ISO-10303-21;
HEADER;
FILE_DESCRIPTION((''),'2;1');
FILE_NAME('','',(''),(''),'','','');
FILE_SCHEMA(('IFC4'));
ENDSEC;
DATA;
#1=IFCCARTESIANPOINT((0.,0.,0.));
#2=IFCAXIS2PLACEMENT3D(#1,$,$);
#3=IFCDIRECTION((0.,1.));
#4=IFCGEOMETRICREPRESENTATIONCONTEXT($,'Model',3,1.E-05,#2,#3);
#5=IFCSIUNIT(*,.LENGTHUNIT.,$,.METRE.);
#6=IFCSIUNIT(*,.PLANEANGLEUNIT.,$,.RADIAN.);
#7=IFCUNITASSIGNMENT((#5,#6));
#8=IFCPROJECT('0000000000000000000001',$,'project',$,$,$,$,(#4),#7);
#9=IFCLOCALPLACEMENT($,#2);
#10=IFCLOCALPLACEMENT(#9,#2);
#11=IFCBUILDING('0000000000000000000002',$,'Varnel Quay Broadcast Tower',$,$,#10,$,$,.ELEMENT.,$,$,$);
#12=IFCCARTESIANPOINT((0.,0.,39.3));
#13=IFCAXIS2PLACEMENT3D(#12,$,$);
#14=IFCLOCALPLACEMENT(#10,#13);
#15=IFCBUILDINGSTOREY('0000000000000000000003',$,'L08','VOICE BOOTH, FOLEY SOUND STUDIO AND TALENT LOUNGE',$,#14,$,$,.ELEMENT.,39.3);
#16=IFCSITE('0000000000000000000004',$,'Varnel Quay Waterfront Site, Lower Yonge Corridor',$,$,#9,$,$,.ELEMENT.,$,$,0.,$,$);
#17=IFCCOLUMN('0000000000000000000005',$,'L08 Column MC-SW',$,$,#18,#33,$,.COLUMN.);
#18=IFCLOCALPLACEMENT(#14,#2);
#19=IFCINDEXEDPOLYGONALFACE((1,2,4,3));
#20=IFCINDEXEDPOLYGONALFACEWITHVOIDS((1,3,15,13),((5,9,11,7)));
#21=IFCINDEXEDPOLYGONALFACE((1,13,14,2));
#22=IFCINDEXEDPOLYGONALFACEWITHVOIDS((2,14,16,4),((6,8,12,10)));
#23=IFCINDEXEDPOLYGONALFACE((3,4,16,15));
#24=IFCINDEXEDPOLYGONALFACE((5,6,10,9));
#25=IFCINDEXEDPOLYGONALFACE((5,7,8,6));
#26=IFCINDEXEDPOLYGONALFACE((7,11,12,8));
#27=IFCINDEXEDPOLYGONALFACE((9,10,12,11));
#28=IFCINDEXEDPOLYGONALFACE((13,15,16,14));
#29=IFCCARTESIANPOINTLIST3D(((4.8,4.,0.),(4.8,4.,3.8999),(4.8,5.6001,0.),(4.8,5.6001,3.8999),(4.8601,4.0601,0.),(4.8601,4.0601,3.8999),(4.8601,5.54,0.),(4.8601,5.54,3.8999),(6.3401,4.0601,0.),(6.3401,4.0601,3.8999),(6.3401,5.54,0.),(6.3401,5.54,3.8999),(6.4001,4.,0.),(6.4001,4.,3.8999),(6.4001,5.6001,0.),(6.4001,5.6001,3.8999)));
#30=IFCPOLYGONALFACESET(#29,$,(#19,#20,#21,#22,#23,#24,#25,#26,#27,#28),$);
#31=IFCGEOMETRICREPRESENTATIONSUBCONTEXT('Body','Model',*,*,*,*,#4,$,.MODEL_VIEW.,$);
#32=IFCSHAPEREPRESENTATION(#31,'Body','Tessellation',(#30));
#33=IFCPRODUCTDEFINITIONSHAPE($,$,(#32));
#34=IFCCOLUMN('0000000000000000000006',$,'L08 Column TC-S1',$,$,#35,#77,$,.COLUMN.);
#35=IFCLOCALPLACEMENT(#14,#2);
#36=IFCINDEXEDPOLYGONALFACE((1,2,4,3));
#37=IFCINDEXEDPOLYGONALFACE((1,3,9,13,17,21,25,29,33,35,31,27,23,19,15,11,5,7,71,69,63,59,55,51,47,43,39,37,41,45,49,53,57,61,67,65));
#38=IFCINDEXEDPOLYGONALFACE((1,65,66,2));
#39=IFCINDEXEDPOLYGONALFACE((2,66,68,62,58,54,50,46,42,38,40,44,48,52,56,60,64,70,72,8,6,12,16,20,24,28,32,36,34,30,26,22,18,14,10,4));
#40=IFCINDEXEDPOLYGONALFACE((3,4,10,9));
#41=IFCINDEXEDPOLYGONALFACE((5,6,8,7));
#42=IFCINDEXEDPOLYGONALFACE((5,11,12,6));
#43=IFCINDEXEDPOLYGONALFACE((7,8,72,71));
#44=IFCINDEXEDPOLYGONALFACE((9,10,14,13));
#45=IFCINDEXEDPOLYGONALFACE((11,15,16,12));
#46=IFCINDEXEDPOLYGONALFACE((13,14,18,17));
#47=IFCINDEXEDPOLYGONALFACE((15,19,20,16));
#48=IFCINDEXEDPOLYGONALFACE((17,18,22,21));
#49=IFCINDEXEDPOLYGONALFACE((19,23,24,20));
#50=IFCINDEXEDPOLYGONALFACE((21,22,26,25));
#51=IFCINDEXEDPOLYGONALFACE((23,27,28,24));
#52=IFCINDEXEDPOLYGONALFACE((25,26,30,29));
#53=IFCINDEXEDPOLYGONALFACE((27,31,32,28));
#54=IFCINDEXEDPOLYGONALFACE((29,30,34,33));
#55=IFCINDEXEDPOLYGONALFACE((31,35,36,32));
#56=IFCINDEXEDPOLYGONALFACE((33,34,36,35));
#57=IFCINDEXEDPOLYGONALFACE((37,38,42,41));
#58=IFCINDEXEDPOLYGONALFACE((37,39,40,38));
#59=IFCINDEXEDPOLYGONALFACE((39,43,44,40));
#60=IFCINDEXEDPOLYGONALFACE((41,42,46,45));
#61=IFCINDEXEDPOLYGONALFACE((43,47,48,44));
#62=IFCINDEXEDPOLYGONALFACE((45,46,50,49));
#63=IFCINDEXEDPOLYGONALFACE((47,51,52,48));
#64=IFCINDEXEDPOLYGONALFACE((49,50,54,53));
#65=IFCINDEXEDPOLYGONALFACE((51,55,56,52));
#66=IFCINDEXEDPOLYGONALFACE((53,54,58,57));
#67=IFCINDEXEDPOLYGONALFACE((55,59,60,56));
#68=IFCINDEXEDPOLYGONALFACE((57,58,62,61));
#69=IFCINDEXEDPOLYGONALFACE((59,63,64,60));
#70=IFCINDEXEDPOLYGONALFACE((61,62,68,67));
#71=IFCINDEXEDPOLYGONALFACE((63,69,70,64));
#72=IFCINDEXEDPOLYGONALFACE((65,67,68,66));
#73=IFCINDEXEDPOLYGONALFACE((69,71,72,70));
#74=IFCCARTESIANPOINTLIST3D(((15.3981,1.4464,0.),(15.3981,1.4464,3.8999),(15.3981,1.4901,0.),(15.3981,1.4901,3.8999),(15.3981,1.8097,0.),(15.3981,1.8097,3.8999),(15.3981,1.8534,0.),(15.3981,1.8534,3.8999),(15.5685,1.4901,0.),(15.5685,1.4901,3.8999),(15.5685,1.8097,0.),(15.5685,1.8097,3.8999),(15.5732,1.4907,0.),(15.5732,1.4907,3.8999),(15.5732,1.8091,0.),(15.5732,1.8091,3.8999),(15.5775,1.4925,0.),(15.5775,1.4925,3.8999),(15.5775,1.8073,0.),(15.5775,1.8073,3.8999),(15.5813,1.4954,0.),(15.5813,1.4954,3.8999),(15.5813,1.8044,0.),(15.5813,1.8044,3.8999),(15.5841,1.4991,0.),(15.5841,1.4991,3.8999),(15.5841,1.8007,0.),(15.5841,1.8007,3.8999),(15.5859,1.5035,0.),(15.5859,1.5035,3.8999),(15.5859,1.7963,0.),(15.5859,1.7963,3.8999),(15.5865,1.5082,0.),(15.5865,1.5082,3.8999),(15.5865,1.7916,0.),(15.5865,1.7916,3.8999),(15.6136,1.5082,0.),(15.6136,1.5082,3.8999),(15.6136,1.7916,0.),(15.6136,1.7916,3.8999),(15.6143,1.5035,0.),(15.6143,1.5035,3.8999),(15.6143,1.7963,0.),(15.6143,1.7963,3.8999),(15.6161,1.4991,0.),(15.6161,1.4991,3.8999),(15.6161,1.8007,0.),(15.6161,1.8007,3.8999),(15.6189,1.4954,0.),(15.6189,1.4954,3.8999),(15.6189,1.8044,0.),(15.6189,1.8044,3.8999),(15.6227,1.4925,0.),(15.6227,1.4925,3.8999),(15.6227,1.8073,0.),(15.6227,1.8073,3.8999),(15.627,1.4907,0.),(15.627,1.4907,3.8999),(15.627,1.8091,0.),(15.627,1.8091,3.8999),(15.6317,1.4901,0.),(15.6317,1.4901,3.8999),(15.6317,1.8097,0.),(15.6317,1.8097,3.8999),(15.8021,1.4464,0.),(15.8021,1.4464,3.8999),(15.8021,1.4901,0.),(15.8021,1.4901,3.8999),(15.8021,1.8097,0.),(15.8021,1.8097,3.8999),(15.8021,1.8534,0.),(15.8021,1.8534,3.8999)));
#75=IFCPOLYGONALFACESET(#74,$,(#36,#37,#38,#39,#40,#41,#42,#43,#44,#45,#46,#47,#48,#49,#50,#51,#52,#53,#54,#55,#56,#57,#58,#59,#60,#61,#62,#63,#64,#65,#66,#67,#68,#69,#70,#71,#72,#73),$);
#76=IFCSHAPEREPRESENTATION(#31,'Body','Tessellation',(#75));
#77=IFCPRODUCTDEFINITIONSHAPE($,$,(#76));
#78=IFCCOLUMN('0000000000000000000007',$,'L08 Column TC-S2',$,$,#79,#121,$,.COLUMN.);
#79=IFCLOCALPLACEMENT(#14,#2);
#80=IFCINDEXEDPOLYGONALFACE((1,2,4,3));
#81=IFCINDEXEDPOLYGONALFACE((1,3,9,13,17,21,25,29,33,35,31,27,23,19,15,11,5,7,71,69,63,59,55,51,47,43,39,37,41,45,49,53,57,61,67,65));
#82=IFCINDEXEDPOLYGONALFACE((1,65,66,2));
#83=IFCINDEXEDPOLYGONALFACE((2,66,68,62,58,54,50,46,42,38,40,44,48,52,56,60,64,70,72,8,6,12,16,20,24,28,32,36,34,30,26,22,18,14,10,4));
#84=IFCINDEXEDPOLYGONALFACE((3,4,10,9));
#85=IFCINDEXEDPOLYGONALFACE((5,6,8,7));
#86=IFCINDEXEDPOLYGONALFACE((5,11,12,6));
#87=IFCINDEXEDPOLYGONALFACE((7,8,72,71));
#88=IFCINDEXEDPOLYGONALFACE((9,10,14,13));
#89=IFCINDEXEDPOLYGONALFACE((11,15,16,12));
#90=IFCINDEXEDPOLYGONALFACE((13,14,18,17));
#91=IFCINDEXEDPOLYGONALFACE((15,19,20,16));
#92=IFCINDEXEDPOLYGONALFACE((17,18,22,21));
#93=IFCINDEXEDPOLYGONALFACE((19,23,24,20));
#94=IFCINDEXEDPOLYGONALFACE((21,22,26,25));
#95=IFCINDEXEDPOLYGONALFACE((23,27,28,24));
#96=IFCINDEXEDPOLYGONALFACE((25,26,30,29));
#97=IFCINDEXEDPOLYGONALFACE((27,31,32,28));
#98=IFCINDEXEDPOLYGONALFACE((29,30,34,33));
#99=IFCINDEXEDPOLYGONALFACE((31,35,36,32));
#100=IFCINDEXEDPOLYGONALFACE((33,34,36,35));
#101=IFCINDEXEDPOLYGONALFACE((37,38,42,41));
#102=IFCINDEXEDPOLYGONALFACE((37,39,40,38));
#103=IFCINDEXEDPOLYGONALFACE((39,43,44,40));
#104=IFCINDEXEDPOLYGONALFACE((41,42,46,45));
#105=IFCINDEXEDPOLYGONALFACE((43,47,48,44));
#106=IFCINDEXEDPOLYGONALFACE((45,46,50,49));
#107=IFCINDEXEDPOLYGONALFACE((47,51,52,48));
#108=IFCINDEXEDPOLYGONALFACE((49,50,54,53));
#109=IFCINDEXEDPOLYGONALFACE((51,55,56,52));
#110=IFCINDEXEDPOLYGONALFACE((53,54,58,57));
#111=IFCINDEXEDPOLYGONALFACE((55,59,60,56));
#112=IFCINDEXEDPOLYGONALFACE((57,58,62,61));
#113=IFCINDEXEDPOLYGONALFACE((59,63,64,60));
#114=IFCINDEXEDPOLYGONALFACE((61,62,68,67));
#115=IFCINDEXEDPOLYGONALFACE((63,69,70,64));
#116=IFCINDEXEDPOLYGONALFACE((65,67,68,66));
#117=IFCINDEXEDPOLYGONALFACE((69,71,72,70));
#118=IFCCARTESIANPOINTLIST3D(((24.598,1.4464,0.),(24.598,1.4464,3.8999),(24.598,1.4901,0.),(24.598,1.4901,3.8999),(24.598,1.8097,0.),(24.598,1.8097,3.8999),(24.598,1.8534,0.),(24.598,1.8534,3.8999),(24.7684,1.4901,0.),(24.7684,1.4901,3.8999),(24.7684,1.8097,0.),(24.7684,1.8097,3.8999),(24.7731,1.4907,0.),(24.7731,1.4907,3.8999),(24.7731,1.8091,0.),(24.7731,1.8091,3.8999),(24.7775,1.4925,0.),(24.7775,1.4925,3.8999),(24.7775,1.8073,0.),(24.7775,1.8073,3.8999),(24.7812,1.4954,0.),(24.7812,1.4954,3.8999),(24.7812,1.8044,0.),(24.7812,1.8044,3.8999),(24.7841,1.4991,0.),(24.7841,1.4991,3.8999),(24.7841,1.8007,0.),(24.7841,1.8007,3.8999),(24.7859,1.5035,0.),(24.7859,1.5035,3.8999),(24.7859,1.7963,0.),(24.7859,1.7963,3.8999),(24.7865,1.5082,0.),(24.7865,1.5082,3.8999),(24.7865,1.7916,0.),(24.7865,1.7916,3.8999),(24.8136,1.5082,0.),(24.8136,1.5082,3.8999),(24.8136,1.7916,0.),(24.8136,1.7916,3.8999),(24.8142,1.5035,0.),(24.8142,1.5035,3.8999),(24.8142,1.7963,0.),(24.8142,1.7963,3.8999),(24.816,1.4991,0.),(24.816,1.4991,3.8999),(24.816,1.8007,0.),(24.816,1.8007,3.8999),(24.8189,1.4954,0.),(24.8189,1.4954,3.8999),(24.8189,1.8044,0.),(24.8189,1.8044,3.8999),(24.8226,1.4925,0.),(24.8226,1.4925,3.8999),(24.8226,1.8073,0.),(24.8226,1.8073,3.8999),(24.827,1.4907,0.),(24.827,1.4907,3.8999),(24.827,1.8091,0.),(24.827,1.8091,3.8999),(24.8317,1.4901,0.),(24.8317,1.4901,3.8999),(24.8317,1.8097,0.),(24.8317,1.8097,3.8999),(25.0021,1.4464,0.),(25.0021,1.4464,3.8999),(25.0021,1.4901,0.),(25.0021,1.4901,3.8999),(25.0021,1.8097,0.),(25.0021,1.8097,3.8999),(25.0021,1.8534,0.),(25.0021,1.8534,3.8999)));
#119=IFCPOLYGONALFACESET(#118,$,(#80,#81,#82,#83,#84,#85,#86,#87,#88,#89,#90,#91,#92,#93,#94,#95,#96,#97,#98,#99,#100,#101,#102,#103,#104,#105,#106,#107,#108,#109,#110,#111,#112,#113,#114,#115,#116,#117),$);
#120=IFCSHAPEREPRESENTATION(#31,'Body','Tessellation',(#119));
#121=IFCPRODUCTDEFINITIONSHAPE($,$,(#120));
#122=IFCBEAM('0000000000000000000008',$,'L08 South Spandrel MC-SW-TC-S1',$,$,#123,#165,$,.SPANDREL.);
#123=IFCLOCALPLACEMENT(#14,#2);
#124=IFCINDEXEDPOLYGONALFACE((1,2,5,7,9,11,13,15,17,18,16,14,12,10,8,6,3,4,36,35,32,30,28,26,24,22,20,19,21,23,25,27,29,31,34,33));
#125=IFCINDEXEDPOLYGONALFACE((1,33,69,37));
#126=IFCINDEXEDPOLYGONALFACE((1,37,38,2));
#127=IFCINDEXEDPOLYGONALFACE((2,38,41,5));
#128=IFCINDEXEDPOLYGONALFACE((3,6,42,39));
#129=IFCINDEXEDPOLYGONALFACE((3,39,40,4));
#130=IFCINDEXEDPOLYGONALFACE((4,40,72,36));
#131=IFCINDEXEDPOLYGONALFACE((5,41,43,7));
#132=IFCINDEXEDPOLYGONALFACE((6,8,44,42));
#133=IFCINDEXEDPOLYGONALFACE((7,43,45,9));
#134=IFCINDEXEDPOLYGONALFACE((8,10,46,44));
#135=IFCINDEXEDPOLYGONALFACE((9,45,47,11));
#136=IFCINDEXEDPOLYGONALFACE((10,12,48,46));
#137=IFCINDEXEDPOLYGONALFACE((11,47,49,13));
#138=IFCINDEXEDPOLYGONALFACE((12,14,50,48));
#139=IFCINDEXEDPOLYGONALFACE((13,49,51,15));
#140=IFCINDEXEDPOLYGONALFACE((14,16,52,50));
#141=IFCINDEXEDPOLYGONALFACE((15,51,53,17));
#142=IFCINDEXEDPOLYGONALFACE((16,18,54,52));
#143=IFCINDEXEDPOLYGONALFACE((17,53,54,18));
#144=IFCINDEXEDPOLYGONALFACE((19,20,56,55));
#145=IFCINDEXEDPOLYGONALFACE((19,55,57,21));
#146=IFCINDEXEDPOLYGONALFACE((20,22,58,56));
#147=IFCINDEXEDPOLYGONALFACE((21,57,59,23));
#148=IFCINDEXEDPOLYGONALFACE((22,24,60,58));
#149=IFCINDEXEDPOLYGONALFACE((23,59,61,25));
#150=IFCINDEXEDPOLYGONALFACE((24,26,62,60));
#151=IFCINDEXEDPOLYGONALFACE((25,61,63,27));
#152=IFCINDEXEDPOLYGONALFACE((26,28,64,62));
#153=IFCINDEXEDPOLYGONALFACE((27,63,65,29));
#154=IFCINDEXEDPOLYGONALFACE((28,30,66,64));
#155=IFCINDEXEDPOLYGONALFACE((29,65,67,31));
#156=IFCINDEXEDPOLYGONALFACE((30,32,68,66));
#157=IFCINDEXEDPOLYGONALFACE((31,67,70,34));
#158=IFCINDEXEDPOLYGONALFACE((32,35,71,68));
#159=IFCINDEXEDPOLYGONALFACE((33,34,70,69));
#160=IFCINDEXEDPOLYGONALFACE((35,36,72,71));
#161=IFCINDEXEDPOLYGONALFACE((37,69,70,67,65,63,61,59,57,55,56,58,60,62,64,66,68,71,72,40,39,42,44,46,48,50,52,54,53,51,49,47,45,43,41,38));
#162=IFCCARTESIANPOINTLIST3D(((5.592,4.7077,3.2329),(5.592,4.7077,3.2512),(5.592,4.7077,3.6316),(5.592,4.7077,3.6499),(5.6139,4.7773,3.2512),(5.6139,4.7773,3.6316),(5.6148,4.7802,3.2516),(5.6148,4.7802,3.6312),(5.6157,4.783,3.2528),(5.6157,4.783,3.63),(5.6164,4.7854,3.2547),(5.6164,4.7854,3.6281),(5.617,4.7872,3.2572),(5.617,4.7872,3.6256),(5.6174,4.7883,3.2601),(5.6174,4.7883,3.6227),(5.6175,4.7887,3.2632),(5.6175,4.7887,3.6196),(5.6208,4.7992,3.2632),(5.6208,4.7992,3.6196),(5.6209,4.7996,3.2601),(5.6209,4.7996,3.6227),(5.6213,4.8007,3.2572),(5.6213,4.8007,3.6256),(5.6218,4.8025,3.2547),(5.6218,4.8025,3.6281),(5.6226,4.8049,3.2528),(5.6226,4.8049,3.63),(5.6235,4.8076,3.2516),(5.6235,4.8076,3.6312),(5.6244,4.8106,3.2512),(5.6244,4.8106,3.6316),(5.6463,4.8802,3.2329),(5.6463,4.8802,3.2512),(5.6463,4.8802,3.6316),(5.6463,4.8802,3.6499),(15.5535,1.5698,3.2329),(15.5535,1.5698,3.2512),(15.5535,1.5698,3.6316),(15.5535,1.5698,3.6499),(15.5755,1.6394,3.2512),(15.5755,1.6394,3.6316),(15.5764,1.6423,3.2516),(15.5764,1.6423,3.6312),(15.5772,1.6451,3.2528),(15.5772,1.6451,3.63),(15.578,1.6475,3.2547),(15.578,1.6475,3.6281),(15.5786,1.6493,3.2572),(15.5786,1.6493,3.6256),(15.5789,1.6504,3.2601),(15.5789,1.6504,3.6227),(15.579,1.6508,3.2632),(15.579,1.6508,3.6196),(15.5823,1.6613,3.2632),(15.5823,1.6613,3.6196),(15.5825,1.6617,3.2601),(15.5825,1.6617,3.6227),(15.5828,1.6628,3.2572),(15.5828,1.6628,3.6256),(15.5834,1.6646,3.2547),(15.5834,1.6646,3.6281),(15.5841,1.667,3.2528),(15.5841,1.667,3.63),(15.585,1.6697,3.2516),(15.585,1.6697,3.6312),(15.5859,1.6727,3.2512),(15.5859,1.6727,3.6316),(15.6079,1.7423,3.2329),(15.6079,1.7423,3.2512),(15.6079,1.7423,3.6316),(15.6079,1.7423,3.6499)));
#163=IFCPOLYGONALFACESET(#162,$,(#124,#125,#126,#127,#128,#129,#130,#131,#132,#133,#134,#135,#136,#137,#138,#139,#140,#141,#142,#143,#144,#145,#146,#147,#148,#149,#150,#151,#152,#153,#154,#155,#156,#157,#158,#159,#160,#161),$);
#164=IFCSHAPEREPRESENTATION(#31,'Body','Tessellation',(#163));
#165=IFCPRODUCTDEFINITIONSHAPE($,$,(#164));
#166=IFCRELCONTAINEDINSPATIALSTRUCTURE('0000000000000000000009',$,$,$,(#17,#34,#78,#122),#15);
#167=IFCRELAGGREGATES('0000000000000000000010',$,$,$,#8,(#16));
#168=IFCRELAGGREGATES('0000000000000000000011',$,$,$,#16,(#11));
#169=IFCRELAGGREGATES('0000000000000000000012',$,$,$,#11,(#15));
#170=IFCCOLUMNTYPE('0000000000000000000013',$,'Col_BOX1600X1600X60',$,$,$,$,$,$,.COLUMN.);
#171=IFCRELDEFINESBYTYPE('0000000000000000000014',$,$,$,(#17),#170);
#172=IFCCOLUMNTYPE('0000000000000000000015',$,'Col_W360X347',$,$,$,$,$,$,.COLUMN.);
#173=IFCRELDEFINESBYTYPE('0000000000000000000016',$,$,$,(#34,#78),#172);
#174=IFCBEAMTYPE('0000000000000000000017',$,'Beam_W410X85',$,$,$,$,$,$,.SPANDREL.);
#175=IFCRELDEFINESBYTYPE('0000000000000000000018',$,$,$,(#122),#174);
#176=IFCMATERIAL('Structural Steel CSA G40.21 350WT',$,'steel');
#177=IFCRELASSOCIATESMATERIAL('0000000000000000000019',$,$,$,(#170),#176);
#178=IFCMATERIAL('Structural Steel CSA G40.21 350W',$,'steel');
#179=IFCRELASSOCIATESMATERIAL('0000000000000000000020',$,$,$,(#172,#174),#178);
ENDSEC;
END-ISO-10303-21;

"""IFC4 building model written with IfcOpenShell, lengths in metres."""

from ifc_helpers import new_model, si_unit, direction, frame, origin, origin_2d, place, context, subcontext, project, spatial, hollow_rectangle, i_section, extrude, source, transform, mapped, material, material_profile, profile_set, type_object, type_shapes, element, save


model = new_model("IFC4")

# Units and contexts
model_context = context("Model", 3, precision=1e-05, world=origin(), true_north=direction((0.0, 1.0)))
body_context = subcontext(model_context, "Body", "Model", "MODEL_VIEW")
ifc_project = project(units=[si_unit("LENGTHUNIT", "METRE"), si_unit("PLANEANGLEUNIT", "RADIAN")], contexts=[model_context])

# Site, building, storey
site_placement = place(None, origin())
site = spatial("IfcSite", under=ifc_project, at=site_placement, Name="Varnel Quay Waterfront Site, Lower Yonge Corridor", CompositionType="ELEMENT", RefElevation=0.0)
building_placement = place(site_placement, origin())
building = spatial("IfcBuilding", under=site, at=building_placement, Name="Varnel Quay Broadcast Tower", CompositionType="ELEMENT")
storey_placement = place(building_placement, frame((0.0, 0.0, 39.3)))
storey = spatial("IfcBuildingStorey", under=building, at=storey_placement, Name="L08", Description="VOICE BOOTH, FOLEY SOUND STUDIO AND TALENT LOUNGE", CompositionType="ELEMENT", Elevation=39.3)

# Columns
ifc_material_1 = material(Name="Structural Steel CSA G40.21 350WT", Category="steel")
ifc_material_profile_1 = material_profile(ifc_material_1, hollow_rectangle(XDim=1.6001, YDim=1.6001, WallThickness=0.0601, at=origin_2d()), Name="BOX1600X1600X60")
ifc_profile_set_1 = profile_set([ifc_material_profile_1], Name="Structural Steel CSA G40.21 350WT")
column_type_1 = type_object("IfcColumnType", Name="Col_BOX1600X1600X60", PredefinedType="COLUMN", material=ifc_profile_set_1)
shared_shape_1 = source(origin(), body_context, "Body", "SweptSolid", [
    extrude(hollow_rectangle(XDim=1.6001, YDim=1.6001, WallThickness=0.0601, at=origin_2d()), origin(), (0.0, 0.0, 1.0), 3.8999),
])
type_shapes(column_type_1, [shared_shape_1])
column_placement = place(storey_placement, frame((5.6001, 4.8, 0.0), z_axis=(0.0, 0.0, 1.0), x_axis=(1.0, 0.0, 0.0)))
element("IfcColumn", 1, at=column_placement, inside=storey, type_object=column_type_1, Name="L08 Column MC-SW", PredefinedType="COLUMN", context=body_context, shape_type="MappedRepresentation", body=[
    mapped(shared_shape_1, transform((0.0, 0.0, 0.0), x_axis=(1.0, 0.0, 0.0), y_axis=(0.0, 1.0, 0.0), z_axis=(0.0, 0.0, 1.0), scale=1.0)),
])
ifc_material_2 = material(Name="Structural Steel CSA G40.21 350W", Category="steel")
ifc_material_profile_2 = material_profile(ifc_material_2, i_section(OverallWidth=0.4041, OverallDepth=0.407, WebThickness=0.0271, FlangeThickness=0.0437, FilletRadius=0.0181, at=origin_2d()), Name="W360X347")
ifc_profile_set_2 = profile_set([ifc_material_profile_2], Name="Structural Steel CSA G40.21 350W")
column_type_2 = type_object("IfcColumnType", Name="Col_W360X347", PredefinedType="COLUMN", material=ifc_profile_set_2)
shared_shape_2 = source(origin(), body_context, "Body", "SweptSolid", [
    extrude(i_section(OverallWidth=0.4041, OverallDepth=0.407, WebThickness=0.0271, FlangeThickness=0.0437, FilletRadius=0.0181, at=origin_2d()), origin(), (0.0, 0.0, 1.0), 3.8999),
])
type_shapes(column_type_2, [shared_shape_2])
for number, where, z_axis, x_axis, name in (
    (2, (15.6001, 1.6499, 0.0), (0.0, 0.0, 1.0), (1.0, 0.0, 0.0), "L08 Column TC-S1"),
    (3, (24.8, 1.6499, 0.0), (0.0, 0.0, 1.0), (1.0, 0.0, 0.0), "L08 Column TC-S2"),
):
    element("IfcColumn", number, at=place(storey_placement, frame(where, z_axis=z_axis, x_axis=x_axis)), inside=storey, type_object=column_type_2, Name=name, PredefinedType="COLUMN", context=body_context, shape_type="MappedRepresentation", body=[
        mapped(shared_shape_2, transform((0.0, 0.0, 0.0), x_axis=(1.0, 0.0, 0.0), y_axis=(0.0, 1.0, 0.0), z_axis=(0.0, 0.0, 1.0), scale=1.0)),
    ])

# Beam
ifc_material_profile_3 = material_profile(ifc_material_2, i_section(OverallWidth=0.1809, OverallDepth=0.417, WebThickness=0.011, FlangeThickness=0.0183, FilletRadius=0.012, at=origin_2d()), Name="W410X85")
ifc_profile_set_3 = profile_set([ifc_material_profile_3], Name="Structural Steel CSA G40.21 350W")
beam_type_1 = type_object("IfcBeamType", Name="Beam_W410X85", PredefinedType="SPANDREL", material=ifc_profile_set_3)
shared_shape_3 = source(origin(), body_context, "Body", "SweptSolid", [
    extrude(i_section(OverallWidth=0.1809, OverallDepth=0.417, WebThickness=0.011, FlangeThickness=0.0183, FilletRadius=0.012, at=origin_2d()), origin(), (0.0, 0.0, 1.0), 10.4441),
])
beam_1_placement = place(storey_placement, frame((5.6191, 4.7939, 3.4414), z_axis=(0.953798, -0.300448, 0.0), x_axis=(0.300448, 0.953798, 0.0)))
element("IfcBeam", 4, at=beam_1_placement, inside=storey, type_object=beam_type_1, Name="L08 South Spandrel MC-SW-TC-S1", PredefinedType="SPANDREL", context=body_context, shape_type="MappedRepresentation", body=[
    mapped(shared_shape_3, transform((0.0, 0.0, 0.0), x_axis=(1.0, 0.0, 0.0), y_axis=(0.0, 1.0, 0.0), z_axis=(0.0, 0.0, 1.0), scale=1.0)),
])

save(model, "model.ifc")
